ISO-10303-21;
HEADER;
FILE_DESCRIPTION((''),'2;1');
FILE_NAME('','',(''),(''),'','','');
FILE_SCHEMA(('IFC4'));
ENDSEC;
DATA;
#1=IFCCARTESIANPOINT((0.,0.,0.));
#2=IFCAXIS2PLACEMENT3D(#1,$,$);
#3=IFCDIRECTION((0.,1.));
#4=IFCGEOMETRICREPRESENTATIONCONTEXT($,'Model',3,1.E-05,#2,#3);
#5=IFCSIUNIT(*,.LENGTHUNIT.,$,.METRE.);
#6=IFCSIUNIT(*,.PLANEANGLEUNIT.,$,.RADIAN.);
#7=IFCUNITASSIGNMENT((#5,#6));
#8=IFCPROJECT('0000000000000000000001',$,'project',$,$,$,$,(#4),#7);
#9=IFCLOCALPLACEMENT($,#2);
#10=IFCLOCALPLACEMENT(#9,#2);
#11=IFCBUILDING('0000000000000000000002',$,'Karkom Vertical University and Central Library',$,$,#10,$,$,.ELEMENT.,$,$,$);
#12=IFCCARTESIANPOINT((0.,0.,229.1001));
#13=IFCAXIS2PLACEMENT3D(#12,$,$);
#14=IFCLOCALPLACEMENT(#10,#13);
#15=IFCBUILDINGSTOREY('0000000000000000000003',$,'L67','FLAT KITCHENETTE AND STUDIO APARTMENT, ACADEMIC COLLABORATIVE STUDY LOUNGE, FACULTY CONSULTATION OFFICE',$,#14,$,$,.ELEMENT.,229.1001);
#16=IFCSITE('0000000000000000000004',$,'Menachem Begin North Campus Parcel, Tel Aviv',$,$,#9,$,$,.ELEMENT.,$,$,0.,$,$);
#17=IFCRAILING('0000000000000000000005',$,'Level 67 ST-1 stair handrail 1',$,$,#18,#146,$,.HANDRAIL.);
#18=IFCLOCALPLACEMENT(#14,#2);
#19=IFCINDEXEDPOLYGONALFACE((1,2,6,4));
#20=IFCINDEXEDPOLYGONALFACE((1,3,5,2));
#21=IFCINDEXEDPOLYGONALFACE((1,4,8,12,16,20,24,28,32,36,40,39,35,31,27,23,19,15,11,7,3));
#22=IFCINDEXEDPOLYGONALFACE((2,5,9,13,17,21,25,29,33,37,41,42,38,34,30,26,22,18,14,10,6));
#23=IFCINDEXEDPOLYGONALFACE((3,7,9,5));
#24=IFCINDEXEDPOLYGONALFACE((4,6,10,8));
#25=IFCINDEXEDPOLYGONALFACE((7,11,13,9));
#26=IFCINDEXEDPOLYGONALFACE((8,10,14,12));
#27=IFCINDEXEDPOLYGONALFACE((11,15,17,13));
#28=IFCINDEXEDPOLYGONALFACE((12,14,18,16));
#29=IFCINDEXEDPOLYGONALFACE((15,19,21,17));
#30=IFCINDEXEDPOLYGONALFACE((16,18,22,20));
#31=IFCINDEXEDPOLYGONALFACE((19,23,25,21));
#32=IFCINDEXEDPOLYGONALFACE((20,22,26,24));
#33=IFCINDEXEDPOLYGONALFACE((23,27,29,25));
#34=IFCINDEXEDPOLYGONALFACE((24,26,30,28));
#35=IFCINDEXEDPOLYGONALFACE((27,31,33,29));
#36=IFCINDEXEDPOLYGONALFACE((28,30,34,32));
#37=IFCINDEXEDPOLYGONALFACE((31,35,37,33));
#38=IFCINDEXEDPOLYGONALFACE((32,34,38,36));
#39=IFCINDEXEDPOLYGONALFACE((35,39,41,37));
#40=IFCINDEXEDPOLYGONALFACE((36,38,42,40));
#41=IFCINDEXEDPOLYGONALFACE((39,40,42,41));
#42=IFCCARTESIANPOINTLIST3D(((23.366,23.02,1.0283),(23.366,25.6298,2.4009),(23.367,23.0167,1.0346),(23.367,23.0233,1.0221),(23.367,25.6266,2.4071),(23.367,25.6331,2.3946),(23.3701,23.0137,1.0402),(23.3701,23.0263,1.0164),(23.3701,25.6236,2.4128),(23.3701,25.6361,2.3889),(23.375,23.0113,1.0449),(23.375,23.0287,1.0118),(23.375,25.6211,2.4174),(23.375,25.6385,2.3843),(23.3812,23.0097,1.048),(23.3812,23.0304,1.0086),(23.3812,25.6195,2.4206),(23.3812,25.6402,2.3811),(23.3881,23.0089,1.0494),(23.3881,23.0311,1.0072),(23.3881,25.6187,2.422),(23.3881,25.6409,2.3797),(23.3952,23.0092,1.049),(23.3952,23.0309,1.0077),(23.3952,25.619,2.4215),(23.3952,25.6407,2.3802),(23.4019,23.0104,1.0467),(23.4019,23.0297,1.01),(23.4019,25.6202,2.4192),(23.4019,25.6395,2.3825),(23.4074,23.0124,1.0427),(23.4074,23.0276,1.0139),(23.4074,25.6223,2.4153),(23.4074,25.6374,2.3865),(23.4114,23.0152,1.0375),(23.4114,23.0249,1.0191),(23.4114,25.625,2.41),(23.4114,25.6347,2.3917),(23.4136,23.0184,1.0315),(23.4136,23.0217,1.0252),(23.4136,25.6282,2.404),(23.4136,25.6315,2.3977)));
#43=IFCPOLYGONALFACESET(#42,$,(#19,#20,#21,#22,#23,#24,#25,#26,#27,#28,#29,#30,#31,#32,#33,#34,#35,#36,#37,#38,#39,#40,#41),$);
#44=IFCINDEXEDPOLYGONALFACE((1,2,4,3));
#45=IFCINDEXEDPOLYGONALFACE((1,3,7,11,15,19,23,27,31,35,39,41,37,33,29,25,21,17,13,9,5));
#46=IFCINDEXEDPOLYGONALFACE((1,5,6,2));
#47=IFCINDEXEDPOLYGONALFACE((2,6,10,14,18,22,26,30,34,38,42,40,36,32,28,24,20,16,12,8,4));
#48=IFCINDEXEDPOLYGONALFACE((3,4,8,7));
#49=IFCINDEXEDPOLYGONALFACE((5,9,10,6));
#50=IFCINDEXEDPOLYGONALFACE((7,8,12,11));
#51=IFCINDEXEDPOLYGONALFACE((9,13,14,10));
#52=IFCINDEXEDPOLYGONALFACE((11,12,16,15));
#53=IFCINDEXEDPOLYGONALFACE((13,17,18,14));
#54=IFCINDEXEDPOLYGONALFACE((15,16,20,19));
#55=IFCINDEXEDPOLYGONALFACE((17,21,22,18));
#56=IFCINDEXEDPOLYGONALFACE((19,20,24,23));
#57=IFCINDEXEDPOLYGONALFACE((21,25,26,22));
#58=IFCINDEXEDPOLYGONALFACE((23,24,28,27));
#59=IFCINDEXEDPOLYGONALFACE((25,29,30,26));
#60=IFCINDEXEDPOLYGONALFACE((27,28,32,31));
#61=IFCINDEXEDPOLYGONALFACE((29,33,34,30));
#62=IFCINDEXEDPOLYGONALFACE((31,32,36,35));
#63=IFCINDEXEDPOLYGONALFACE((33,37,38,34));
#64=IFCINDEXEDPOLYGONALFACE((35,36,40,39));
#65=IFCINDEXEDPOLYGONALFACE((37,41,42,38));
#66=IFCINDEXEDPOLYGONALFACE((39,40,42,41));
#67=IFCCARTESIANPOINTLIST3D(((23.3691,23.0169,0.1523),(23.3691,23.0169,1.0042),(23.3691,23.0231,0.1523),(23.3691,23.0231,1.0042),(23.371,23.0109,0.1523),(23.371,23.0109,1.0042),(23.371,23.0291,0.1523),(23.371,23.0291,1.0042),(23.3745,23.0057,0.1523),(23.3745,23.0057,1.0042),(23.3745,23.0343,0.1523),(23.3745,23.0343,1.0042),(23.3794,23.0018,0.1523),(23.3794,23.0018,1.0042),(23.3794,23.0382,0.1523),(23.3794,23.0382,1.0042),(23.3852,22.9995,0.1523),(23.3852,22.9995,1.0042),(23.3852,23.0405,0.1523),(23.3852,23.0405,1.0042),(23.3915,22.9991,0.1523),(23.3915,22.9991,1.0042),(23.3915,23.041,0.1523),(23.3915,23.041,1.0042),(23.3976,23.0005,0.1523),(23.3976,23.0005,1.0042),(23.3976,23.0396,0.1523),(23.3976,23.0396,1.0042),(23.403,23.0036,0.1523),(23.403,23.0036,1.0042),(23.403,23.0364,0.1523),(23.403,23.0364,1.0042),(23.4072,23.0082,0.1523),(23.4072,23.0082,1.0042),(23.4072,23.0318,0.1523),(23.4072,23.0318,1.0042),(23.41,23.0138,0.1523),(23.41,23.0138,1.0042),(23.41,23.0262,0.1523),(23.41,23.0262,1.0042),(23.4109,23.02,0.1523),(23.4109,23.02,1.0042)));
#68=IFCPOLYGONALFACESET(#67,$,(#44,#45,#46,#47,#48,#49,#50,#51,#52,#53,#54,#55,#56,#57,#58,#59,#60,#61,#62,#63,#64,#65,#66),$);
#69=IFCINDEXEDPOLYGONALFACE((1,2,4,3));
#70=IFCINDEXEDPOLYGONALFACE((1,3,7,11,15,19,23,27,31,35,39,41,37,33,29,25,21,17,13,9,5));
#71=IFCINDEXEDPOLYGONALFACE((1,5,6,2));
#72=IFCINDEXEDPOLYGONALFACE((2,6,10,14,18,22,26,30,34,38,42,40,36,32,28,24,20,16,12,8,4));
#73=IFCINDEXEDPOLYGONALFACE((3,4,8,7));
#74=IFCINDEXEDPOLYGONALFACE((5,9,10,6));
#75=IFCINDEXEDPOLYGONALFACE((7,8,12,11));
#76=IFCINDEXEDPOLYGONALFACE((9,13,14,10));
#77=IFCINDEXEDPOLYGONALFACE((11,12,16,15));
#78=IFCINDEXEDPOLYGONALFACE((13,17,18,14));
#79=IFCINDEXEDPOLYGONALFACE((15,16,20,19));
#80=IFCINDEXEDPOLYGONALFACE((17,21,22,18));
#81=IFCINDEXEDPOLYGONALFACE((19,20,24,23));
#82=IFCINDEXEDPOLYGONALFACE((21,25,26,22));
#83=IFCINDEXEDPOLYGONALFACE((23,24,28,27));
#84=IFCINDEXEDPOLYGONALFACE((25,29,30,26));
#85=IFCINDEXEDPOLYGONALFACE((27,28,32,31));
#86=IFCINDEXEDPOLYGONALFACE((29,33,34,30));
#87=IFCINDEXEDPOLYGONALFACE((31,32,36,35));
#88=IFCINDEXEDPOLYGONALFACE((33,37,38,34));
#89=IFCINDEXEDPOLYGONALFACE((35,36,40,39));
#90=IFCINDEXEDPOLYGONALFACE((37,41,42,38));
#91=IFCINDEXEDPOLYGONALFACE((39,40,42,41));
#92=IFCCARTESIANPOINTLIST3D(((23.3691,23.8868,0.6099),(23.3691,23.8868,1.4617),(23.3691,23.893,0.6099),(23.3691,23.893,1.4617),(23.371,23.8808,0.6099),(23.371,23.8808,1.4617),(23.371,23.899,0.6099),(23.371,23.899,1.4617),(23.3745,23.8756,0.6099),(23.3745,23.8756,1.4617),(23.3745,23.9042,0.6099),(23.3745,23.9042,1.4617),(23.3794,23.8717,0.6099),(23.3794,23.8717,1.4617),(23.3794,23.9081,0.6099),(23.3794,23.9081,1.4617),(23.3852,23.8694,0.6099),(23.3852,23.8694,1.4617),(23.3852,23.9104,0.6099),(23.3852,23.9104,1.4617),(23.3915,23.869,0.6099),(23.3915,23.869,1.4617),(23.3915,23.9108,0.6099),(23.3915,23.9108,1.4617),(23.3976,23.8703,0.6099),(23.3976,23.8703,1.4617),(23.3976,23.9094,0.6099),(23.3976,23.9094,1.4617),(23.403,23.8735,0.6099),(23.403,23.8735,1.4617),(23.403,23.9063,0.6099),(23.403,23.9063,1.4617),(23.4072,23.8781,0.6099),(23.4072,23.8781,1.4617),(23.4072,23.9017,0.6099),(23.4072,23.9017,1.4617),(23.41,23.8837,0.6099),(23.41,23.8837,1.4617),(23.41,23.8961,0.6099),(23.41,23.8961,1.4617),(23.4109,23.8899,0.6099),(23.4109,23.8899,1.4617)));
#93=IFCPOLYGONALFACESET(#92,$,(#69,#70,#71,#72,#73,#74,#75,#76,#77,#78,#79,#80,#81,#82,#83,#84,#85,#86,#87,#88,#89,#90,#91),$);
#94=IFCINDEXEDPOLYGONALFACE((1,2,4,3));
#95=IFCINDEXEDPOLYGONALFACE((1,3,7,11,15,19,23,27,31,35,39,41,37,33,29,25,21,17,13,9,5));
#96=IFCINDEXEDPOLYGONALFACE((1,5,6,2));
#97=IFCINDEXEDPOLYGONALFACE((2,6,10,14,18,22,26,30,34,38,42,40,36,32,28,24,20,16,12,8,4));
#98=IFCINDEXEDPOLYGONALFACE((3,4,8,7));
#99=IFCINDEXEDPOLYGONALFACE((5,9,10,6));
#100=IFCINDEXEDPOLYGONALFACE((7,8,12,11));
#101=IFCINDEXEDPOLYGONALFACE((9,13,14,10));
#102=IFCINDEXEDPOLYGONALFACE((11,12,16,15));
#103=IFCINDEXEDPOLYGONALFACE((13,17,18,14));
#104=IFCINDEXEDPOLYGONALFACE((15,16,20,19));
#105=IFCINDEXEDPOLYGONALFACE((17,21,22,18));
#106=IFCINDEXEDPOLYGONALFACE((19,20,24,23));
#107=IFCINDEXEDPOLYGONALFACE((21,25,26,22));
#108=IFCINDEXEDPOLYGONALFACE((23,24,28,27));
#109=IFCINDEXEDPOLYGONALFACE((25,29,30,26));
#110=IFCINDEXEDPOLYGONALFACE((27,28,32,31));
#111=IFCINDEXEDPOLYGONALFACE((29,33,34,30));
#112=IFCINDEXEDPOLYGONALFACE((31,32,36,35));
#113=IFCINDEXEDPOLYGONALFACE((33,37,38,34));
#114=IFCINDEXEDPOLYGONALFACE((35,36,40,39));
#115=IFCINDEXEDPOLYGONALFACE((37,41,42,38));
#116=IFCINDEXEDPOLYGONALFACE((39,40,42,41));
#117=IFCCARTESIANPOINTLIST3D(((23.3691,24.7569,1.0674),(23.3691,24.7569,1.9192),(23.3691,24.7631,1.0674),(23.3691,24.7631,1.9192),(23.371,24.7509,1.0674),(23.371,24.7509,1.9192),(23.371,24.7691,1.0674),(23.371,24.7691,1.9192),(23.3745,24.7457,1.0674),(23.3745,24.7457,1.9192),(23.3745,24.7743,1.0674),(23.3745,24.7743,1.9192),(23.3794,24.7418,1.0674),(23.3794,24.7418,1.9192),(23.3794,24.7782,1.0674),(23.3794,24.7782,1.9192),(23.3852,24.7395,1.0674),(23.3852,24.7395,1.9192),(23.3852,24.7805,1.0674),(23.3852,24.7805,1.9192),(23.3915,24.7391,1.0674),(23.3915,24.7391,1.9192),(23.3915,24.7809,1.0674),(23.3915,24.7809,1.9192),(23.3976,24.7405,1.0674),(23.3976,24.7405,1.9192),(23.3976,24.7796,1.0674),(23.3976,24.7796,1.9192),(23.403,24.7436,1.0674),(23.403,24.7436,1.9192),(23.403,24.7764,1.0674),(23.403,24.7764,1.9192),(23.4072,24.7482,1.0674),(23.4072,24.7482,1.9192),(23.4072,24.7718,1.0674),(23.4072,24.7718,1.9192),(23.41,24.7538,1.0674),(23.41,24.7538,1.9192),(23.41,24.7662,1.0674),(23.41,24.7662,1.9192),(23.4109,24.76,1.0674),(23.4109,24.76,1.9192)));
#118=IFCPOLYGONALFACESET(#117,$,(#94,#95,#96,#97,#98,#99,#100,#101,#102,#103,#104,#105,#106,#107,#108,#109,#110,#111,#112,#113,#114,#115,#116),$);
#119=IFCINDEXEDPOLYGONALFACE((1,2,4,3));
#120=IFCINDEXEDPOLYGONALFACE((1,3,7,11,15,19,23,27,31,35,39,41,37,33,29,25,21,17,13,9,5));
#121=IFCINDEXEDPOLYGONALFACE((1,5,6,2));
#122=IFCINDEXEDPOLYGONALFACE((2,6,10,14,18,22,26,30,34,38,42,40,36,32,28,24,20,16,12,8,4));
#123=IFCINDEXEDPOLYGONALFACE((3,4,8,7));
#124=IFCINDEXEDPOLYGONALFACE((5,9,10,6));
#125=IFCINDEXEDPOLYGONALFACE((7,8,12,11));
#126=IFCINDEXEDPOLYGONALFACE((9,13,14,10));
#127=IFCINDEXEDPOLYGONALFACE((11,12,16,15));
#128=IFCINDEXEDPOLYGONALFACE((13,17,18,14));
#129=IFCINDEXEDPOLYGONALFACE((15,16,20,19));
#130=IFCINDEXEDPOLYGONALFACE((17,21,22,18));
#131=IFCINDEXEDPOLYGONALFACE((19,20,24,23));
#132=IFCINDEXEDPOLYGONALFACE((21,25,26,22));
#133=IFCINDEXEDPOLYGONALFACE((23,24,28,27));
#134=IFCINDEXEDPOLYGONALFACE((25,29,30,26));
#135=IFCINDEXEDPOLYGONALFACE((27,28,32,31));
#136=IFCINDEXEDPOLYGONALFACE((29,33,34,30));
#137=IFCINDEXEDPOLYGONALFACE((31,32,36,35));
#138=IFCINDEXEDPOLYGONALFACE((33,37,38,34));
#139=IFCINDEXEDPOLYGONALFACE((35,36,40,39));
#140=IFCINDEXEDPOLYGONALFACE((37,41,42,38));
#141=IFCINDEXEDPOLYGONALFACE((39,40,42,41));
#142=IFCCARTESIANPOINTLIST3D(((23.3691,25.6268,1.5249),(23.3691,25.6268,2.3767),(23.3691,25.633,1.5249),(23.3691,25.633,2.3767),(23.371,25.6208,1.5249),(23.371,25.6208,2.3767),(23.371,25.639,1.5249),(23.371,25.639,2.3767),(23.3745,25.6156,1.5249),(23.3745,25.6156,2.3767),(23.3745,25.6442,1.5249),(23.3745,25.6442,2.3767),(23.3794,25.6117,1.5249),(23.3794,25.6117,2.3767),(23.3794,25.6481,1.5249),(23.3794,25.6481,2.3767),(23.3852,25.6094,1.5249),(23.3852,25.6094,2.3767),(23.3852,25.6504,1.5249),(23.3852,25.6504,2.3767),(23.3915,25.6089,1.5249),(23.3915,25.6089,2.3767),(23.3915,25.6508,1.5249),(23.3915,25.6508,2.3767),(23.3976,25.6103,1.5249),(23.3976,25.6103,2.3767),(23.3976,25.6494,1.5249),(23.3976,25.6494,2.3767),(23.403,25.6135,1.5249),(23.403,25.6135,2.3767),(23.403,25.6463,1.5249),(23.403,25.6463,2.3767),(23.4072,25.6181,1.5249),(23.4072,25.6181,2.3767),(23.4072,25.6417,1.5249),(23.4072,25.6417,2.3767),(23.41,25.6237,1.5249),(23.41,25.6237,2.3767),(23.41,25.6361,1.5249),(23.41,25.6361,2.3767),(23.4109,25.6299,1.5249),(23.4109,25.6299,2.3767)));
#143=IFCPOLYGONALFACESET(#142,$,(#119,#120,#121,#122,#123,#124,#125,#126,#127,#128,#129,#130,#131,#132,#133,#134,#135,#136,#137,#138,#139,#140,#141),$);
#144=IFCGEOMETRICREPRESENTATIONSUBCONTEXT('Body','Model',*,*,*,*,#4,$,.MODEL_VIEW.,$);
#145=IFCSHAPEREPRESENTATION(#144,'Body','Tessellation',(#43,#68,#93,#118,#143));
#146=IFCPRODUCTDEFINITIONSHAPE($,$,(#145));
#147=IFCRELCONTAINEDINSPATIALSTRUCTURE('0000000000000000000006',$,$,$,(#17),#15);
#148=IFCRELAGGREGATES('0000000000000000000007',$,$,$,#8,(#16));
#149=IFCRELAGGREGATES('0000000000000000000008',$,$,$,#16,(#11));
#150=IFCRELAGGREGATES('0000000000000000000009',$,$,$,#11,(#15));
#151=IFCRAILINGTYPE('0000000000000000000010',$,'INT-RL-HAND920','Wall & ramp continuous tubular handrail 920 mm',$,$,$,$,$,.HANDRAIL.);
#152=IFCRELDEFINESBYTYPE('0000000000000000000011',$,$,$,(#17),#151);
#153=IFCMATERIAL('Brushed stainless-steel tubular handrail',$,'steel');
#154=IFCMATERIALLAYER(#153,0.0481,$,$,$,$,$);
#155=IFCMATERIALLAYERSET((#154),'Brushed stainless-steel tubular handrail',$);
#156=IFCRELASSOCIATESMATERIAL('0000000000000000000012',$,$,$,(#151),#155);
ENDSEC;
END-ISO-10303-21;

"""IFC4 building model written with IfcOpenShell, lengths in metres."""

from ifc_helpers import new_model, si_unit, direction, frame, origin, origin_2d, place, context, subcontext, project, spatial, circle, extrude, material, layer, layer_set, type_object, element, save


model = new_model("IFC4")

# Units and contexts
model_context = context("Model", 3, precision=1e-05, world=origin(), true_north=direction((0.0, 1.0)))
body_context = subcontext(model_context, "Body", "Model", "MODEL_VIEW")
ifc_project = project(units=[si_unit("LENGTHUNIT", "METRE"), si_unit("PLANEANGLEUNIT", "RADIAN")], contexts=[model_context])

# Site, building, storey
site_placement = place(None, origin())
site = spatial("IfcSite", under=ifc_project, at=site_placement, Name="Menachem Begin North Campus Parcel, Tel Aviv", CompositionType="ELEMENT", RefElevation=0.0)
building_placement = place(site_placement, origin())
building = spatial("IfcBuilding", under=site, at=building_placement, Name="Karkom Vertical University and Central Library", CompositionType="ELEMENT")
storey_placement = place(building_placement, frame((0.0, 0.0, 229.1001)))
storey = spatial("IfcBuildingStorey", under=building, at=storey_placement, Name="L67", Description="FLAT KITCHENETTE AND STUDIO APARTMENT, ACADEMIC COLLABORATIVE STUDY LOUNGE, FACULTY CONSULTATION OFFICE", CompositionType="ELEMENT", Elevation=229.1001)

# Railing
ifc_material_1 = material(Name="Brushed stainless-steel tubular handrail", Category="steel")
ifc_layer_1 = layer(ifc_material_1, 0.0481)
ifc_layer_set_1 = layer_set([ifc_layer_1], Name="Brushed stainless-steel tubular handrail")
railing_type_1 = type_object("IfcRailingType", Name="INT-RL-HAND920", Description="Wall & ramp continuous tubular handrail 920 mm", PredefinedType="HANDRAIL", material=ifc_layer_set_1)
railing_1_placement = place(storey_placement, frame((23.3899, 23.02, 0.1523)))
element("IfcRailing", 1, at=railing_1_placement, inside=storey, type_object=railing_type_1, Name="Level 67 ST-1 stair handrail 1", PredefinedType="HANDRAIL", context=body_context, shape_type="SweptSolid", body=[
    extrude(circle(Radius=0.0239, at=origin_2d()), frame((0.0, 0.0, 0.876), z_axis=(0.0, 0.885065, 0.465467), x_axis=(-1.0, 0.0, 0.0)), (0.0, 0.0, 1.0), 2.9487),
    extrude(circle(Radius=0.021, at=origin_2d()), origin(), (0.0, 0.0, 1.0), 0.8518),
    extrude(circle(Radius=0.021, at=origin_2d()), frame((0.0, 0.8699, 0.4575)), (0.0, 0.0, 1.0), 0.8518),
    extrude(circle(Radius=0.021, at=origin_2d()), frame((0.0, 1.74, 0.915)), (0.0, 0.0, 1.0), 0.8518),
    extrude(circle(Radius=0.021, at=origin_2d()), frame((0.0, 2.6099, 1.3726)), (0.0, 0.0, 1.0), 0.8518),
])

save(model, "model.ifc")
